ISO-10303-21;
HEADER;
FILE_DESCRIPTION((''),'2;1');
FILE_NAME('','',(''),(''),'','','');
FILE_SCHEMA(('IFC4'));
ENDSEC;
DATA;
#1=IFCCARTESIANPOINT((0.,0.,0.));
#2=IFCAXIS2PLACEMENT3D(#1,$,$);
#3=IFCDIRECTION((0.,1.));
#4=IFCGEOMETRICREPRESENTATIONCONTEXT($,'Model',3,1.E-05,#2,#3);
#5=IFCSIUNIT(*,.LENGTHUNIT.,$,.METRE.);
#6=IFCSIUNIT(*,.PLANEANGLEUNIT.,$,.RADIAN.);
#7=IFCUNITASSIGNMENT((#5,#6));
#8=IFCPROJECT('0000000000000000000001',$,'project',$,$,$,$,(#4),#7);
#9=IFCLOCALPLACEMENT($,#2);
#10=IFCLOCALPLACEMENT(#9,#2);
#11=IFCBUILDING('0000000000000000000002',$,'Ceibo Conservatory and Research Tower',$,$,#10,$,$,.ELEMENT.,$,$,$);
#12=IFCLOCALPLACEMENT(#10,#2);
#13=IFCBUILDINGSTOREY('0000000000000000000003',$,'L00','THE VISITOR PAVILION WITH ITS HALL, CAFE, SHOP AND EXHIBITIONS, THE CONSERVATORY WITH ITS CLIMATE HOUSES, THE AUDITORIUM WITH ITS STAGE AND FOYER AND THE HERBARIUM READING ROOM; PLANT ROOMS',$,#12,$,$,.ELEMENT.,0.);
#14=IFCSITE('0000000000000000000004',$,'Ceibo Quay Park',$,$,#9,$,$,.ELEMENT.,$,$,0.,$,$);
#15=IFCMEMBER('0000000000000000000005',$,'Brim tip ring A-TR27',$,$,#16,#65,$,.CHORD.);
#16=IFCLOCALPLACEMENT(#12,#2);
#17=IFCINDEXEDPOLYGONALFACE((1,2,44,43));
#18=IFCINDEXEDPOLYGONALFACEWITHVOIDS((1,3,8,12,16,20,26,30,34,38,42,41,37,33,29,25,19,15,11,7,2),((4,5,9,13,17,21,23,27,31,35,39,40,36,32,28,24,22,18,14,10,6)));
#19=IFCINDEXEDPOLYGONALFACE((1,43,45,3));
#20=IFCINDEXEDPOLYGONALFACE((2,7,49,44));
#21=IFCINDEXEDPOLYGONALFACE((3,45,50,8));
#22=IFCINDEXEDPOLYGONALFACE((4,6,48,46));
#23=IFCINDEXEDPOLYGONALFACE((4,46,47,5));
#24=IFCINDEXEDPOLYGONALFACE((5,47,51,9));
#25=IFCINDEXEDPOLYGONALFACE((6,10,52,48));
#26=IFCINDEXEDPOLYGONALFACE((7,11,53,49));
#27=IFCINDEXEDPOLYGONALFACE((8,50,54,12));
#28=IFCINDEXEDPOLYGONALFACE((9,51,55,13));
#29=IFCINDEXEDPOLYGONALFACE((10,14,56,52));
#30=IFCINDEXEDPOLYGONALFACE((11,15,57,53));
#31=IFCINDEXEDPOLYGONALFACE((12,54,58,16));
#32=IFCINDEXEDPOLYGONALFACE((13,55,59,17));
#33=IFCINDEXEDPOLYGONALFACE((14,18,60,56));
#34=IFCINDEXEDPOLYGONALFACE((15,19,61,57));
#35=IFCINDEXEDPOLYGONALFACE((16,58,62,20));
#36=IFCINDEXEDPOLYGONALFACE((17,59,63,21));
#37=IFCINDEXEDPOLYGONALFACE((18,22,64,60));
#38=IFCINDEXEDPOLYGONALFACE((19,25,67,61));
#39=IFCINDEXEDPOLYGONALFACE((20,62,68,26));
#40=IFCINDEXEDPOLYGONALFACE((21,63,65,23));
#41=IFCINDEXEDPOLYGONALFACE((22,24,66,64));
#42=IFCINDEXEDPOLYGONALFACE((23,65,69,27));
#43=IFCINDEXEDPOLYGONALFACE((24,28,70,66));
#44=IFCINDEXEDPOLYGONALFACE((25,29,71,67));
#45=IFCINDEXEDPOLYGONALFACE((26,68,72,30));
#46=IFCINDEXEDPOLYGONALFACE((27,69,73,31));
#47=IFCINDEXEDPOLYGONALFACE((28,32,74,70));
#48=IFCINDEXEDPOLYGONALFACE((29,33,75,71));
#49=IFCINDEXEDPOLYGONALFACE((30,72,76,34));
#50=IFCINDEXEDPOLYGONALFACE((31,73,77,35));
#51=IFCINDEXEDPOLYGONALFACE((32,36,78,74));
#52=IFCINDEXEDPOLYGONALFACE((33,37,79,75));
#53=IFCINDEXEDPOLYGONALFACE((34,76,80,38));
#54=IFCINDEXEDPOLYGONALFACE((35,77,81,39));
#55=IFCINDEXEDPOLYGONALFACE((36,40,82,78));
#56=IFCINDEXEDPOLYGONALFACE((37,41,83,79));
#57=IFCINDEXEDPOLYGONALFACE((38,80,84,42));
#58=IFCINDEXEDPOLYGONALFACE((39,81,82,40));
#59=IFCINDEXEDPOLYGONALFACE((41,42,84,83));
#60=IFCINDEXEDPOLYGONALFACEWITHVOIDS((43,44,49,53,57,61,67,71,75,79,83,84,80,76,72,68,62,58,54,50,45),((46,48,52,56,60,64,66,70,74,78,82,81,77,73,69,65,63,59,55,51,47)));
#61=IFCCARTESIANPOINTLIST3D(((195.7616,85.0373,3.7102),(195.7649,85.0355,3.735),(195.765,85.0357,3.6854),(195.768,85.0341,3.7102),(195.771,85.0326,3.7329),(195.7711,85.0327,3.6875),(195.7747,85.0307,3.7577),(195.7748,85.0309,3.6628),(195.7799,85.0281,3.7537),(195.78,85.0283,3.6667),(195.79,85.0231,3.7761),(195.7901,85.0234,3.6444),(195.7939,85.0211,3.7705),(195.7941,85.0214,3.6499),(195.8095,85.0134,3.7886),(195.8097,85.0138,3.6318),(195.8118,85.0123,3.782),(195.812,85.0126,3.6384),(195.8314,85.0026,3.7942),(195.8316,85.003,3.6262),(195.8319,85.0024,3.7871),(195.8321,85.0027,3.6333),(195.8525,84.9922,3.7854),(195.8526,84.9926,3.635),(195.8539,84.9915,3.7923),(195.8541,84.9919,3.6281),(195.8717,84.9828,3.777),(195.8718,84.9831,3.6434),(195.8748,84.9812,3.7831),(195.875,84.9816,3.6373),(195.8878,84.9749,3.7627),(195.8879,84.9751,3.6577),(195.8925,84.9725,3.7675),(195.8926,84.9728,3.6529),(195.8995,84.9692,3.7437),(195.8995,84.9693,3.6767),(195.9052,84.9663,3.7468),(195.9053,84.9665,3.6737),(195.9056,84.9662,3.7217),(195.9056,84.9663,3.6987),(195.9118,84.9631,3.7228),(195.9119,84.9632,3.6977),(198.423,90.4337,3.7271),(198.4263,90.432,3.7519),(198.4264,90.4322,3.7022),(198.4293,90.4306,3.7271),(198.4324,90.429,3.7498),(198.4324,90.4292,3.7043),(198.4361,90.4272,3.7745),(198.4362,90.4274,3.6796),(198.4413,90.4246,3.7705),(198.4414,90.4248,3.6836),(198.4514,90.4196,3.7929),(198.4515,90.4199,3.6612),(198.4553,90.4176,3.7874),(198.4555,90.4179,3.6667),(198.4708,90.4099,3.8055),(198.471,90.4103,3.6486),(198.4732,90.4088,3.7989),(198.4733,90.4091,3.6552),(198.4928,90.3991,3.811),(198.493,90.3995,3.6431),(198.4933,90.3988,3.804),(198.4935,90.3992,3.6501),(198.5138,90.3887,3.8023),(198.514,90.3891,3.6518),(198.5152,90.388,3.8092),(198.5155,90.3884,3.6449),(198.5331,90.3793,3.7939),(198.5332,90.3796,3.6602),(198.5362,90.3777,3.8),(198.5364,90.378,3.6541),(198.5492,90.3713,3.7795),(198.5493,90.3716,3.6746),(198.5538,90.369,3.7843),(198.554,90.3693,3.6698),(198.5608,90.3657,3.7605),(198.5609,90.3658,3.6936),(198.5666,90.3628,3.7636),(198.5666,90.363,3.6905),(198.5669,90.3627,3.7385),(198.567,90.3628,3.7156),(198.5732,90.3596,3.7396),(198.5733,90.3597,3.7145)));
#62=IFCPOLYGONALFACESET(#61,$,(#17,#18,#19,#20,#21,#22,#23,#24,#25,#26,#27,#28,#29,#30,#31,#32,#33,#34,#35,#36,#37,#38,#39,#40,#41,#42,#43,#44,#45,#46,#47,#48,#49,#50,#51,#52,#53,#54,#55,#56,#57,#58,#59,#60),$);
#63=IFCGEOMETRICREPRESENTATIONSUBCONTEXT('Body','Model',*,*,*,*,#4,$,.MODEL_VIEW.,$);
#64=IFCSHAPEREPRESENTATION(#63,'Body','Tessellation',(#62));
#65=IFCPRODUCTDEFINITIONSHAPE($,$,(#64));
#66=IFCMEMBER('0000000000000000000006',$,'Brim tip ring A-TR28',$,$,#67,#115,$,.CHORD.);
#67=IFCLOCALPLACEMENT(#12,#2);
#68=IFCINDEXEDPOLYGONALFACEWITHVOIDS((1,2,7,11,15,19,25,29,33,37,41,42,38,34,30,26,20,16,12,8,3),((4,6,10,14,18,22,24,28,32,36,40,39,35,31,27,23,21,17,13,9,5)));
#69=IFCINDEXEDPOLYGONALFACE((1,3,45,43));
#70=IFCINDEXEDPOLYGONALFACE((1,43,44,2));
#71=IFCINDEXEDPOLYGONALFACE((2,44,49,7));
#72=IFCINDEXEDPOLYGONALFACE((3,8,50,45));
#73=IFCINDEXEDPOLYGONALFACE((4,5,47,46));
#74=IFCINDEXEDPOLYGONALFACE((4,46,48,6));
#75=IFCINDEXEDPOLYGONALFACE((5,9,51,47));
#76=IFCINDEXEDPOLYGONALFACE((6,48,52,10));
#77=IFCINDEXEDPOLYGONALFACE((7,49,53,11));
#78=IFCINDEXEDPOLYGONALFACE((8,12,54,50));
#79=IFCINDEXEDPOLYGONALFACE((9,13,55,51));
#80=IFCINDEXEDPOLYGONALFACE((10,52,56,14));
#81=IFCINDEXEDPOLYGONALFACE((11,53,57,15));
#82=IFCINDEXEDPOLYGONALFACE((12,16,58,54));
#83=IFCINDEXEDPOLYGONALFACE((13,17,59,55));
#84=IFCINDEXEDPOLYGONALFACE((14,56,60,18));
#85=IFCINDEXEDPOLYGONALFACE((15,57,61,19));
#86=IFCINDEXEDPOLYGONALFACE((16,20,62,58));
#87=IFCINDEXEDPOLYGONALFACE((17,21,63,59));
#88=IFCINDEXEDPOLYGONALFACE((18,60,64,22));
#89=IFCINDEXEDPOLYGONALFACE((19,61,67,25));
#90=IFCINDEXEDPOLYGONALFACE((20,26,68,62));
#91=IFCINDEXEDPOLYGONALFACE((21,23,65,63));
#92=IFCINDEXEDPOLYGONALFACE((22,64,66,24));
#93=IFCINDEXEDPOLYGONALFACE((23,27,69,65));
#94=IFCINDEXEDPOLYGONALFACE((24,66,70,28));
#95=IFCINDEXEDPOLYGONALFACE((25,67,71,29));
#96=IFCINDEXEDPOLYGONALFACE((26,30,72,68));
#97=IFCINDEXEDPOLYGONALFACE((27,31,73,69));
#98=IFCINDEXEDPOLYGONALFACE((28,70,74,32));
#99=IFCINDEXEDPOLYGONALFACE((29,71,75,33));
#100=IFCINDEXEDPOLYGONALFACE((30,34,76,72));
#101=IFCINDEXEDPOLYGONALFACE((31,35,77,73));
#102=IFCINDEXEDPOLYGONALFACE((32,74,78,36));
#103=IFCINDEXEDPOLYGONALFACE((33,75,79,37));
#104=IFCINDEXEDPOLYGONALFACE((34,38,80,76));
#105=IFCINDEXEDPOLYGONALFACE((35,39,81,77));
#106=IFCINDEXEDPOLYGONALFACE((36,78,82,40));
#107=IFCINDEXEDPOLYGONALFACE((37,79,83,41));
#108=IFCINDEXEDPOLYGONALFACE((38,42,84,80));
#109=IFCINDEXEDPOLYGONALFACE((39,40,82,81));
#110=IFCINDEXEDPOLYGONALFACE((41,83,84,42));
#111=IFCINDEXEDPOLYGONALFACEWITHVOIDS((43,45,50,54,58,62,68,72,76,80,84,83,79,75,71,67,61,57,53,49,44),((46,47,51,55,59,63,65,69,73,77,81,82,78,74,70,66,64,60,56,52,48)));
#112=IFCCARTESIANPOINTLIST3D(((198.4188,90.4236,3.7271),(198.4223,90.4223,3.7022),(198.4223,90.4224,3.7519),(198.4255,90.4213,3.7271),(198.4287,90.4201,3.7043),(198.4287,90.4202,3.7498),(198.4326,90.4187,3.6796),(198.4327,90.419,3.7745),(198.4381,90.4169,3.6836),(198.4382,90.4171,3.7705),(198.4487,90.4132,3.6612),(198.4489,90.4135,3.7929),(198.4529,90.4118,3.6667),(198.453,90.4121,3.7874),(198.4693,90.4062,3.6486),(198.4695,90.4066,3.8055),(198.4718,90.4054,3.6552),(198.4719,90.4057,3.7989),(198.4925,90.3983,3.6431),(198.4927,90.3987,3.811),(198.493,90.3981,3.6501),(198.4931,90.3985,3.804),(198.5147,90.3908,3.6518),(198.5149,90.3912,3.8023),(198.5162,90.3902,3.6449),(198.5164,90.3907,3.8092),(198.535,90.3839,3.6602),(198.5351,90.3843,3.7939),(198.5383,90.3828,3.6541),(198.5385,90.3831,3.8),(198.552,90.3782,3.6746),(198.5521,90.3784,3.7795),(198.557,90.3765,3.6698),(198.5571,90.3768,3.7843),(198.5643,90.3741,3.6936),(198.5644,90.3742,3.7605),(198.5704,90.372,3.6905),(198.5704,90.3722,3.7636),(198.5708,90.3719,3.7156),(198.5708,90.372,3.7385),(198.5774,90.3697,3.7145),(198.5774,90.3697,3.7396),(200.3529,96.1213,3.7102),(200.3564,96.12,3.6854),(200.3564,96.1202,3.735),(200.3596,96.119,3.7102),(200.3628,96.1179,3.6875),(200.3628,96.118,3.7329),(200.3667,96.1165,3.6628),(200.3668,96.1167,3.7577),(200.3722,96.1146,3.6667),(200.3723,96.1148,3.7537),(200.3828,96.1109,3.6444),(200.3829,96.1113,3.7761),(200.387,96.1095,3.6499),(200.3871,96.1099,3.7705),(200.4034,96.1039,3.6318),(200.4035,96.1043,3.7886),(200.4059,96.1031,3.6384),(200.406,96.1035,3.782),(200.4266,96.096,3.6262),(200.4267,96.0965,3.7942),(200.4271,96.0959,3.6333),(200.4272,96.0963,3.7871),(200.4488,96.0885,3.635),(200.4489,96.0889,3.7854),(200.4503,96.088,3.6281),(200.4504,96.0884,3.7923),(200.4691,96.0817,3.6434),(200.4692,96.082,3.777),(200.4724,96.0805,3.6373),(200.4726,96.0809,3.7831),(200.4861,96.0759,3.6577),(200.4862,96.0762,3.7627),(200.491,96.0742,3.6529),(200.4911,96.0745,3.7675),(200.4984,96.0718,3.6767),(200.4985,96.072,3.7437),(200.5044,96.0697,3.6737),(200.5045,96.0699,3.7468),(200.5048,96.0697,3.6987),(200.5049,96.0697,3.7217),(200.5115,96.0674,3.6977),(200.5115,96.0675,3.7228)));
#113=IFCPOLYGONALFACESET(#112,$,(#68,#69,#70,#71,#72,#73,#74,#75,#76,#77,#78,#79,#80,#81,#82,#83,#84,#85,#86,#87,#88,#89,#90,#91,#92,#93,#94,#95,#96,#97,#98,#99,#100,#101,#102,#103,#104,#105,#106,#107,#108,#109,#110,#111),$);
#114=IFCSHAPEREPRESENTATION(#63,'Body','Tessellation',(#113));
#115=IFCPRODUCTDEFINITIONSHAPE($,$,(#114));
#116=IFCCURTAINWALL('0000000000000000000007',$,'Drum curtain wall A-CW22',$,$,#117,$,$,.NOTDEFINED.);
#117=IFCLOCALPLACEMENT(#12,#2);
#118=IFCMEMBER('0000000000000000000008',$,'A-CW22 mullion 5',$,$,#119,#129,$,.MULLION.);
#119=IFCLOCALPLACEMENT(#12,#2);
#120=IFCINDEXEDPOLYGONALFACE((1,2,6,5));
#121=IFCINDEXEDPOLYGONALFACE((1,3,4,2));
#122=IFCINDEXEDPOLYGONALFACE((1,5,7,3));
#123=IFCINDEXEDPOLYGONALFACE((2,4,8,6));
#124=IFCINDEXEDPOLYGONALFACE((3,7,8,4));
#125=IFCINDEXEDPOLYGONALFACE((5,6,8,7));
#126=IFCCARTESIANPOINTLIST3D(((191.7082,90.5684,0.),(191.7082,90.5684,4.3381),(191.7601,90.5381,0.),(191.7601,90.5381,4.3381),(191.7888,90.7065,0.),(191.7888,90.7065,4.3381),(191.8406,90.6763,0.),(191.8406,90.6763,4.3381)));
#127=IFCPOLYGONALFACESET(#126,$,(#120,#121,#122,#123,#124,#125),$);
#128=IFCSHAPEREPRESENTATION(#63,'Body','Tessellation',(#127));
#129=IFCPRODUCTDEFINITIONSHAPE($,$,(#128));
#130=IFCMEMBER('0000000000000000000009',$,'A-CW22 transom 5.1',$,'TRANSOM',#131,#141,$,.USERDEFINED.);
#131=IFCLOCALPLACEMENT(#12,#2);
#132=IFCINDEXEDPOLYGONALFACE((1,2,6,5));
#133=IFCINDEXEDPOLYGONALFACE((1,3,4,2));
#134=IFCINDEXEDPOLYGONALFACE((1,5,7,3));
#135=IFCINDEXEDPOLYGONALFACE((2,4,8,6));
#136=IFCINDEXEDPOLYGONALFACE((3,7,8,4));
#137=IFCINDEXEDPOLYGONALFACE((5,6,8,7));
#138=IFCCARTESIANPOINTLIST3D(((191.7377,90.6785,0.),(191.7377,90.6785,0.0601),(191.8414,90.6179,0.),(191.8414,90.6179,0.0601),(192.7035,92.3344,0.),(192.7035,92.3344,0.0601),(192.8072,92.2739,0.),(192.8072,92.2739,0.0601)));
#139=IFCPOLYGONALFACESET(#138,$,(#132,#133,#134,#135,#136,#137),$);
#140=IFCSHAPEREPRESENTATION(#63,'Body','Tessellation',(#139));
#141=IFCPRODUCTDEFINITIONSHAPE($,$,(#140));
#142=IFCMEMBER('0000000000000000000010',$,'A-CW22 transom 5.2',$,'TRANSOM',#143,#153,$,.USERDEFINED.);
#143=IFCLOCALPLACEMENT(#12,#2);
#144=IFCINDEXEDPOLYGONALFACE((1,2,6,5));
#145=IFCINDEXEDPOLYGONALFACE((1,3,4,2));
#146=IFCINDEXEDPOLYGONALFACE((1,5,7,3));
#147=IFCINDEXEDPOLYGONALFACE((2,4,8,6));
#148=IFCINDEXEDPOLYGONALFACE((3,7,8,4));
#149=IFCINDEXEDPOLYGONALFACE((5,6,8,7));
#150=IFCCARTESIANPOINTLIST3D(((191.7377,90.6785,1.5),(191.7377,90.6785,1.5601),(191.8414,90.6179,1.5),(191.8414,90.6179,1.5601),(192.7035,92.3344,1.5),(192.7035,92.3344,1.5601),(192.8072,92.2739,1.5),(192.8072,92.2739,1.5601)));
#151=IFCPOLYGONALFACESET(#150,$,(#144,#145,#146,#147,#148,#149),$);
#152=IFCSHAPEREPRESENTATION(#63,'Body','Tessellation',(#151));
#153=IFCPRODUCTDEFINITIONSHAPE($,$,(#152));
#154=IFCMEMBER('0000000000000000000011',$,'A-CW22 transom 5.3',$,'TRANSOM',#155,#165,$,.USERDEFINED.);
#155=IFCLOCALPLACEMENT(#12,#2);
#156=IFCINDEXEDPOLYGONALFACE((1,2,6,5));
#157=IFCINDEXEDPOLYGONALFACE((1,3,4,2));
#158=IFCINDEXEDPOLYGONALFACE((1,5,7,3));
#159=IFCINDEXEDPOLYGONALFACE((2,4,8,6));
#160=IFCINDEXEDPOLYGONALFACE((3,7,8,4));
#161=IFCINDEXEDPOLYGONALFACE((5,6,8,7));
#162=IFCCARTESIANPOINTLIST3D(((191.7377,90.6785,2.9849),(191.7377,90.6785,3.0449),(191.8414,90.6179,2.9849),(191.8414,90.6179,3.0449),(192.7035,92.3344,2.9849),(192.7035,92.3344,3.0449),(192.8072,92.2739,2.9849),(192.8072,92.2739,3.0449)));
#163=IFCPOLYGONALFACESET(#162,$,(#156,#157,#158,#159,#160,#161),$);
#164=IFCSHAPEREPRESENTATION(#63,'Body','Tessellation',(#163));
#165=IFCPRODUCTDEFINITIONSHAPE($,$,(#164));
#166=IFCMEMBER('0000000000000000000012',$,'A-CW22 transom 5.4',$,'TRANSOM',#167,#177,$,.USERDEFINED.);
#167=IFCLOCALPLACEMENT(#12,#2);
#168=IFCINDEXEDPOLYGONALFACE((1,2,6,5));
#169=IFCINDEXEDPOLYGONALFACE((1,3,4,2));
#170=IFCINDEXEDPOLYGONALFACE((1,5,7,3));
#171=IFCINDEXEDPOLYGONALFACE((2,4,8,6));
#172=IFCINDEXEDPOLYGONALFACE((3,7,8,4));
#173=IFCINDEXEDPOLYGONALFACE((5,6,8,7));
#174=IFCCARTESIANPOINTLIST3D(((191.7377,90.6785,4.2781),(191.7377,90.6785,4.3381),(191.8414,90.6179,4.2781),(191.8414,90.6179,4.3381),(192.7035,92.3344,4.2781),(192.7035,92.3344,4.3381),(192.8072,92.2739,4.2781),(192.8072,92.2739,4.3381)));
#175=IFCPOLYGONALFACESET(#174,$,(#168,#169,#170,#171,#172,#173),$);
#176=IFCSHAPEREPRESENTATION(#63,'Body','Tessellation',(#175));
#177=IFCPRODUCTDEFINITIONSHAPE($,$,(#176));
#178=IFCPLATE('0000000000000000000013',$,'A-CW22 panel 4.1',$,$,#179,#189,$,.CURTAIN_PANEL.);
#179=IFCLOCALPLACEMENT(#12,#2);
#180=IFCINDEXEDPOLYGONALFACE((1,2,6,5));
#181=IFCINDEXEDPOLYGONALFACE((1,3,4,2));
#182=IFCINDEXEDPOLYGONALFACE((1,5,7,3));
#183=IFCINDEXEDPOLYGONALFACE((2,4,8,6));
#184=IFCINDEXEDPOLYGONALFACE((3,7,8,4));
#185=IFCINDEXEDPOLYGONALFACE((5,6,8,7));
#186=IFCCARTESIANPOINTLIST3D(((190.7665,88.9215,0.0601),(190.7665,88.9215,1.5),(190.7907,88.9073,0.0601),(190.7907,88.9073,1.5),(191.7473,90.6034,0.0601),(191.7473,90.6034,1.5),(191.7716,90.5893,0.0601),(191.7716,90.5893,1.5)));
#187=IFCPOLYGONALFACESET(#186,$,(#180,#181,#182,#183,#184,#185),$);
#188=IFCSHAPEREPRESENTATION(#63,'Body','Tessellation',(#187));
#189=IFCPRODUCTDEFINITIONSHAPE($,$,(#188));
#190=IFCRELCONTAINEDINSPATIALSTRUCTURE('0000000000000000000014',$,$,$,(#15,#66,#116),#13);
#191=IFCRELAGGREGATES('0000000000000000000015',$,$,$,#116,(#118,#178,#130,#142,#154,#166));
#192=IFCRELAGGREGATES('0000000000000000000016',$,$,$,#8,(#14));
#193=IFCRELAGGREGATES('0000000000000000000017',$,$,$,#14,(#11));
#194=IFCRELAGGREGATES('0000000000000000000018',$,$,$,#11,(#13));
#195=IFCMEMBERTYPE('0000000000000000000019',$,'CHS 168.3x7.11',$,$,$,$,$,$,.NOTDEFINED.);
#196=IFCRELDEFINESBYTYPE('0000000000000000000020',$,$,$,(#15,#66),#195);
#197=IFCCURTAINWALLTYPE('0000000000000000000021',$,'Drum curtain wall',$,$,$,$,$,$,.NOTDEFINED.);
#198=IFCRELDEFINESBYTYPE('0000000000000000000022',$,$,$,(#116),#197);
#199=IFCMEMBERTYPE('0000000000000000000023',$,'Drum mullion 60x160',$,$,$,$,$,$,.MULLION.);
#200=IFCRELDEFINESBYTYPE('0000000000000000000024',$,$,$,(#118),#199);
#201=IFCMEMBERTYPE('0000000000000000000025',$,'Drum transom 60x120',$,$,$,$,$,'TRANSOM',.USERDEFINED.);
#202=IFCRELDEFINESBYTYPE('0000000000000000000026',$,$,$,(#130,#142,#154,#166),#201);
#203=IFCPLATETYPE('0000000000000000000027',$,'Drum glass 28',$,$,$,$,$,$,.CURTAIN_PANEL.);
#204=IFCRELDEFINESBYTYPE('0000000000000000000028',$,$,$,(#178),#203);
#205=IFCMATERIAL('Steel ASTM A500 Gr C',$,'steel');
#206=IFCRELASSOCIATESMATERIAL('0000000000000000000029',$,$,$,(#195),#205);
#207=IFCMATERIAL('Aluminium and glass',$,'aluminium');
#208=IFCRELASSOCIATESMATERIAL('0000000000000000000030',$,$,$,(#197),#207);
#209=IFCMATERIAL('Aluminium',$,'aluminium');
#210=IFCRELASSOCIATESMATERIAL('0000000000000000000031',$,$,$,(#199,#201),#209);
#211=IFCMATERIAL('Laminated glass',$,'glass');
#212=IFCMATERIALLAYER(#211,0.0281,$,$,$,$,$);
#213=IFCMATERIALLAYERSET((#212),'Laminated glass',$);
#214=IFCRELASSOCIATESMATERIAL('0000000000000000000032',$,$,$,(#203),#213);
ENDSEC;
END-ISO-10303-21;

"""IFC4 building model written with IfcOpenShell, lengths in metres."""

from ifc_helpers import new_model, si_unit, direction, frame, origin, origin_2d, place, context, subcontext, project, spatial, rectangle, hollow_circle, extrude, material, layer, layer_set, material_profile, profile_set, type_object, element, aggregate, save


model = new_model("IFC4")

# Units and contexts
model_context = context("Model", 3, precision=1e-05, world=origin(), true_north=direction((0.0, 1.0)))
body_context = subcontext(model_context, "Body", "Model", "MODEL_VIEW")
ifc_project = project(units=[si_unit("LENGTHUNIT", "METRE"), si_unit("PLANEANGLEUNIT", "RADIAN")], contexts=[model_context])

# Site, building, storey
site_placement = place(None, origin())
site = spatial("IfcSite", under=ifc_project, at=site_placement, Name="Ceibo Quay Park", CompositionType="ELEMENT", RefElevation=0.0)
building_placement = place(site_placement, origin())
building = spatial("IfcBuilding", under=site, at=building_placement, Name="Ceibo Conservatory and Research Tower", CompositionType="ELEMENT")
storey_placement = place(building_placement, origin())
storey = spatial("IfcBuildingStorey", under=building, at=storey_placement, Name="L00", Description="THE VISITOR PAVILION WITH ITS HALL, CAFE, SHOP AND EXHIBITIONS, THE CONSERVATORY WITH ITS CLIMATE HOUSES, THE AUDITORIUM WITH ITS STAGE AND FOYER AND THE HERBARIUM READING ROOM; PLANT ROOMS", CompositionType="ELEMENT", Elevation=0.0)

# Shared definitions
ifc_material_1 = material(Name="Steel ASTM A500 Gr C", Category="steel")

# Members
ifc_material_profile_1 = material_profile(ifc_material_1, hollow_circle(Radius=0.0842, WallThickness=0.0071, at=origin_2d()), Name="CHS 168.3x7.11")
ifc_profile_set_1 = profile_set([ifc_material_profile_1], Name="Steel ASTM A500 Gr C")
member_type_1 = type_object("IfcMemberType", Name="CHS 168.3x7.11", PredefinedType="NOTDEFINED", material=ifc_profile_set_1)
for number, where, z_axis, x_axis, name in (
    (1, (195.8372, 85.0, 3.7102), (0.442304, 0.896861, 0.0028), (-0.896864, 0.442305, 0.0), "Brim tip ring A-TR27"),
    (2, (198.4985, 90.3965, 3.7271), (0.321432, 0.946929, -0.0028), (-0.946932, 0.321433, 0.0), "Brim tip ring A-TR28"),
):
    element("IfcMember", number, at=place(storey_placement, frame(where, z_axis=z_axis, x_axis=x_axis)), inside=storey, type_object=member_type_1, Name=name, PredefinedType="CHORD", context=body_context, shape_type="SweptSolid", body=[
        extrude(hollow_circle(Radius=0.0842, WallThickness=0.0071, at=origin_2d()), origin(), (0.0, 0.0, 1.0), 6.0171),
    ])

# Curtain wall, members, plate
ifc_material_2 = material(Name="Aluminium and glass", Category="aluminium")
curtain_wall_type = type_object("IfcCurtainWallType", Name="Drum curtain wall", PredefinedType="NOTDEFINED", material=ifc_material_2)
curtain_wall_placement = place(storey_placement, origin())
curtain_wall = element("IfcCurtainWall", 3, at=curtain_wall_placement, inside=storey, type_object=curtain_wall_type, Name="Drum curtain wall A-CW22", PredefinedType="NOTDEFINED")
ifc_material_3 = material(Name="Aluminium", Category="aluminium")
ifc_material_profile_2 = material_profile(ifc_material_3, rectangle(XDim=0.0601, YDim=0.1599, at=origin_2d()), Name="AL 60x160")
ifc_profile_set_2 = profile_set([ifc_material_profile_2], Name="Aluminium")
member_type_2 = type_object("IfcMemberType", Name="Drum mullion 60x160", PredefinedType="MULLION", material=ifc_profile_set_2)
member_1_placement = place(storey_placement, frame((191.7744, 90.6223, 0.0), z_axis=(0.0, 0.0, 1.0), x_axis=(-0.863836, 0.503774, 0.0)))
member_1 = element("IfcMember", 4, at=member_1_placement, type_object=member_type_2, Name="A-CW22 mullion 5", PredefinedType="MULLION", context=body_context, shape_type="SweptSolid", body=[
    extrude(rectangle(XDim=0.0601, YDim=0.1599, at=origin_2d()), origin(), (0.0, 0.0, 1.0), 4.3381),
])
ifc_material_profile_3 = material_profile(ifc_material_3, rectangle(XDim=0.1201, YDim=0.0601, at=origin_2d()), Name="AL 60x120")
ifc_profile_set_3 = profile_set([ifc_material_profile_3], Name="Aluminium")
member_type_3 = type_object("IfcMemberType", Name="Drum transom 60x120", ElementType="TRANSOM", PredefinedType="USERDEFINED", material=ifc_profile_set_3)
member_2_placement = place(storey_placement, frame((191.7896, 90.6482, 0.03), z_axis=(0.5038, 0.86382, 0.0), x_axis=(-0.86382, 0.5038, 0.0)))
member_2 = element("IfcMember", 5, at=member_2_placement, type_object=member_type_3, Name="A-CW22 transom 5.1", ObjectType="TRANSOM", PredefinedType="USERDEFINED", context=body_context, shape_type="SweptSolid", body=[
    extrude(rectangle(XDim=0.1201, YDim=0.0601, at=origin_2d()), origin(), (0.0, 0.0, 1.0), 1.917),
])
member_3_placement = place(storey_placement, frame((191.7896, 90.6482, 1.53), z_axis=(0.5038, 0.86382, 0.0), x_axis=(-0.86382, 0.5038, 0.0)))
member_3 = element("IfcMember", 6, at=member_3_placement, type_object=member_type_3, Name="A-CW22 transom 5.2", ObjectType="TRANSOM", PredefinedType="USERDEFINED", context=body_context, shape_type="SweptSolid", body=[
    extrude(rectangle(XDim=0.1201, YDim=0.0601, at=origin_2d()), origin(), (0.0, 0.0, 1.0), 1.917),
])
member_4_placement = place(storey_placement, frame((191.7896, 90.6482, 3.0149), z_axis=(0.5038, 0.86382, 0.0), x_axis=(-0.86382, 0.5038, 0.0)))
member_4 = element("IfcMember", 7, at=member_4_placement, type_object=member_type_3, Name="A-CW22 transom 5.3", ObjectType="TRANSOM", PredefinedType="USERDEFINED", context=body_context, shape_type="SweptSolid", body=[
    extrude(rectangle(XDim=0.1201, YDim=0.0601, at=origin_2d()), origin(), (0.0, 0.0, 1.0), 1.917),
])
member_5_placement = place(storey_placement, frame((191.7896, 90.6482, 4.3081), z_axis=(0.5038, 0.86382, 0.0), x_axis=(-0.86382, 0.5038, 0.0)))
member_5 = element("IfcMember", 8, at=member_5_placement, type_object=member_type_3, Name="A-CW22 transom 5.4", ObjectType="TRANSOM", PredefinedType="USERDEFINED", context=body_context, shape_type="SweptSolid", body=[
    extrude(rectangle(XDim=0.1201, YDim=0.0601, at=origin_2d()), origin(), (0.0, 0.0, 1.0), 1.917),
])
ifc_material_4 = material(Name="Laminated glass", Category="glass")
ifc_layer_1 = layer(ifc_material_4, 0.0281)
ifc_layer_set_1 = layer_set([ifc_layer_1], Name="Laminated glass")
plate_type = type_object("IfcPlateType", Name="Drum glass 28", PredefinedType="CURTAIN_PANEL", material=ifc_layer_set_1)
plate_1_placement = place(storey_placement, frame((191.269, 89.7554, 0.0601), z_axis=(0.0, 0.0, 1.0), x_axis=(0.503774, 0.863836, 0.0)))
plate_1 = element("IfcPlate", 9, at=plate_1_placement, type_object=plate_type, Name="A-CW22 panel 4.1", PredefinedType="CURTAIN_PANEL", context=body_context, shape_type="SweptSolid", body=[
    extrude(rectangle(XDim=1.947, YDim=0.0281, at=origin_2d()), origin(), (0.0, 0.0, 1.0), 1.4399),
])
aggregate(curtain_wall, [member_1, plate_1, member_2, member_3, member_4, member_5])

save(model, "model.ifc")
